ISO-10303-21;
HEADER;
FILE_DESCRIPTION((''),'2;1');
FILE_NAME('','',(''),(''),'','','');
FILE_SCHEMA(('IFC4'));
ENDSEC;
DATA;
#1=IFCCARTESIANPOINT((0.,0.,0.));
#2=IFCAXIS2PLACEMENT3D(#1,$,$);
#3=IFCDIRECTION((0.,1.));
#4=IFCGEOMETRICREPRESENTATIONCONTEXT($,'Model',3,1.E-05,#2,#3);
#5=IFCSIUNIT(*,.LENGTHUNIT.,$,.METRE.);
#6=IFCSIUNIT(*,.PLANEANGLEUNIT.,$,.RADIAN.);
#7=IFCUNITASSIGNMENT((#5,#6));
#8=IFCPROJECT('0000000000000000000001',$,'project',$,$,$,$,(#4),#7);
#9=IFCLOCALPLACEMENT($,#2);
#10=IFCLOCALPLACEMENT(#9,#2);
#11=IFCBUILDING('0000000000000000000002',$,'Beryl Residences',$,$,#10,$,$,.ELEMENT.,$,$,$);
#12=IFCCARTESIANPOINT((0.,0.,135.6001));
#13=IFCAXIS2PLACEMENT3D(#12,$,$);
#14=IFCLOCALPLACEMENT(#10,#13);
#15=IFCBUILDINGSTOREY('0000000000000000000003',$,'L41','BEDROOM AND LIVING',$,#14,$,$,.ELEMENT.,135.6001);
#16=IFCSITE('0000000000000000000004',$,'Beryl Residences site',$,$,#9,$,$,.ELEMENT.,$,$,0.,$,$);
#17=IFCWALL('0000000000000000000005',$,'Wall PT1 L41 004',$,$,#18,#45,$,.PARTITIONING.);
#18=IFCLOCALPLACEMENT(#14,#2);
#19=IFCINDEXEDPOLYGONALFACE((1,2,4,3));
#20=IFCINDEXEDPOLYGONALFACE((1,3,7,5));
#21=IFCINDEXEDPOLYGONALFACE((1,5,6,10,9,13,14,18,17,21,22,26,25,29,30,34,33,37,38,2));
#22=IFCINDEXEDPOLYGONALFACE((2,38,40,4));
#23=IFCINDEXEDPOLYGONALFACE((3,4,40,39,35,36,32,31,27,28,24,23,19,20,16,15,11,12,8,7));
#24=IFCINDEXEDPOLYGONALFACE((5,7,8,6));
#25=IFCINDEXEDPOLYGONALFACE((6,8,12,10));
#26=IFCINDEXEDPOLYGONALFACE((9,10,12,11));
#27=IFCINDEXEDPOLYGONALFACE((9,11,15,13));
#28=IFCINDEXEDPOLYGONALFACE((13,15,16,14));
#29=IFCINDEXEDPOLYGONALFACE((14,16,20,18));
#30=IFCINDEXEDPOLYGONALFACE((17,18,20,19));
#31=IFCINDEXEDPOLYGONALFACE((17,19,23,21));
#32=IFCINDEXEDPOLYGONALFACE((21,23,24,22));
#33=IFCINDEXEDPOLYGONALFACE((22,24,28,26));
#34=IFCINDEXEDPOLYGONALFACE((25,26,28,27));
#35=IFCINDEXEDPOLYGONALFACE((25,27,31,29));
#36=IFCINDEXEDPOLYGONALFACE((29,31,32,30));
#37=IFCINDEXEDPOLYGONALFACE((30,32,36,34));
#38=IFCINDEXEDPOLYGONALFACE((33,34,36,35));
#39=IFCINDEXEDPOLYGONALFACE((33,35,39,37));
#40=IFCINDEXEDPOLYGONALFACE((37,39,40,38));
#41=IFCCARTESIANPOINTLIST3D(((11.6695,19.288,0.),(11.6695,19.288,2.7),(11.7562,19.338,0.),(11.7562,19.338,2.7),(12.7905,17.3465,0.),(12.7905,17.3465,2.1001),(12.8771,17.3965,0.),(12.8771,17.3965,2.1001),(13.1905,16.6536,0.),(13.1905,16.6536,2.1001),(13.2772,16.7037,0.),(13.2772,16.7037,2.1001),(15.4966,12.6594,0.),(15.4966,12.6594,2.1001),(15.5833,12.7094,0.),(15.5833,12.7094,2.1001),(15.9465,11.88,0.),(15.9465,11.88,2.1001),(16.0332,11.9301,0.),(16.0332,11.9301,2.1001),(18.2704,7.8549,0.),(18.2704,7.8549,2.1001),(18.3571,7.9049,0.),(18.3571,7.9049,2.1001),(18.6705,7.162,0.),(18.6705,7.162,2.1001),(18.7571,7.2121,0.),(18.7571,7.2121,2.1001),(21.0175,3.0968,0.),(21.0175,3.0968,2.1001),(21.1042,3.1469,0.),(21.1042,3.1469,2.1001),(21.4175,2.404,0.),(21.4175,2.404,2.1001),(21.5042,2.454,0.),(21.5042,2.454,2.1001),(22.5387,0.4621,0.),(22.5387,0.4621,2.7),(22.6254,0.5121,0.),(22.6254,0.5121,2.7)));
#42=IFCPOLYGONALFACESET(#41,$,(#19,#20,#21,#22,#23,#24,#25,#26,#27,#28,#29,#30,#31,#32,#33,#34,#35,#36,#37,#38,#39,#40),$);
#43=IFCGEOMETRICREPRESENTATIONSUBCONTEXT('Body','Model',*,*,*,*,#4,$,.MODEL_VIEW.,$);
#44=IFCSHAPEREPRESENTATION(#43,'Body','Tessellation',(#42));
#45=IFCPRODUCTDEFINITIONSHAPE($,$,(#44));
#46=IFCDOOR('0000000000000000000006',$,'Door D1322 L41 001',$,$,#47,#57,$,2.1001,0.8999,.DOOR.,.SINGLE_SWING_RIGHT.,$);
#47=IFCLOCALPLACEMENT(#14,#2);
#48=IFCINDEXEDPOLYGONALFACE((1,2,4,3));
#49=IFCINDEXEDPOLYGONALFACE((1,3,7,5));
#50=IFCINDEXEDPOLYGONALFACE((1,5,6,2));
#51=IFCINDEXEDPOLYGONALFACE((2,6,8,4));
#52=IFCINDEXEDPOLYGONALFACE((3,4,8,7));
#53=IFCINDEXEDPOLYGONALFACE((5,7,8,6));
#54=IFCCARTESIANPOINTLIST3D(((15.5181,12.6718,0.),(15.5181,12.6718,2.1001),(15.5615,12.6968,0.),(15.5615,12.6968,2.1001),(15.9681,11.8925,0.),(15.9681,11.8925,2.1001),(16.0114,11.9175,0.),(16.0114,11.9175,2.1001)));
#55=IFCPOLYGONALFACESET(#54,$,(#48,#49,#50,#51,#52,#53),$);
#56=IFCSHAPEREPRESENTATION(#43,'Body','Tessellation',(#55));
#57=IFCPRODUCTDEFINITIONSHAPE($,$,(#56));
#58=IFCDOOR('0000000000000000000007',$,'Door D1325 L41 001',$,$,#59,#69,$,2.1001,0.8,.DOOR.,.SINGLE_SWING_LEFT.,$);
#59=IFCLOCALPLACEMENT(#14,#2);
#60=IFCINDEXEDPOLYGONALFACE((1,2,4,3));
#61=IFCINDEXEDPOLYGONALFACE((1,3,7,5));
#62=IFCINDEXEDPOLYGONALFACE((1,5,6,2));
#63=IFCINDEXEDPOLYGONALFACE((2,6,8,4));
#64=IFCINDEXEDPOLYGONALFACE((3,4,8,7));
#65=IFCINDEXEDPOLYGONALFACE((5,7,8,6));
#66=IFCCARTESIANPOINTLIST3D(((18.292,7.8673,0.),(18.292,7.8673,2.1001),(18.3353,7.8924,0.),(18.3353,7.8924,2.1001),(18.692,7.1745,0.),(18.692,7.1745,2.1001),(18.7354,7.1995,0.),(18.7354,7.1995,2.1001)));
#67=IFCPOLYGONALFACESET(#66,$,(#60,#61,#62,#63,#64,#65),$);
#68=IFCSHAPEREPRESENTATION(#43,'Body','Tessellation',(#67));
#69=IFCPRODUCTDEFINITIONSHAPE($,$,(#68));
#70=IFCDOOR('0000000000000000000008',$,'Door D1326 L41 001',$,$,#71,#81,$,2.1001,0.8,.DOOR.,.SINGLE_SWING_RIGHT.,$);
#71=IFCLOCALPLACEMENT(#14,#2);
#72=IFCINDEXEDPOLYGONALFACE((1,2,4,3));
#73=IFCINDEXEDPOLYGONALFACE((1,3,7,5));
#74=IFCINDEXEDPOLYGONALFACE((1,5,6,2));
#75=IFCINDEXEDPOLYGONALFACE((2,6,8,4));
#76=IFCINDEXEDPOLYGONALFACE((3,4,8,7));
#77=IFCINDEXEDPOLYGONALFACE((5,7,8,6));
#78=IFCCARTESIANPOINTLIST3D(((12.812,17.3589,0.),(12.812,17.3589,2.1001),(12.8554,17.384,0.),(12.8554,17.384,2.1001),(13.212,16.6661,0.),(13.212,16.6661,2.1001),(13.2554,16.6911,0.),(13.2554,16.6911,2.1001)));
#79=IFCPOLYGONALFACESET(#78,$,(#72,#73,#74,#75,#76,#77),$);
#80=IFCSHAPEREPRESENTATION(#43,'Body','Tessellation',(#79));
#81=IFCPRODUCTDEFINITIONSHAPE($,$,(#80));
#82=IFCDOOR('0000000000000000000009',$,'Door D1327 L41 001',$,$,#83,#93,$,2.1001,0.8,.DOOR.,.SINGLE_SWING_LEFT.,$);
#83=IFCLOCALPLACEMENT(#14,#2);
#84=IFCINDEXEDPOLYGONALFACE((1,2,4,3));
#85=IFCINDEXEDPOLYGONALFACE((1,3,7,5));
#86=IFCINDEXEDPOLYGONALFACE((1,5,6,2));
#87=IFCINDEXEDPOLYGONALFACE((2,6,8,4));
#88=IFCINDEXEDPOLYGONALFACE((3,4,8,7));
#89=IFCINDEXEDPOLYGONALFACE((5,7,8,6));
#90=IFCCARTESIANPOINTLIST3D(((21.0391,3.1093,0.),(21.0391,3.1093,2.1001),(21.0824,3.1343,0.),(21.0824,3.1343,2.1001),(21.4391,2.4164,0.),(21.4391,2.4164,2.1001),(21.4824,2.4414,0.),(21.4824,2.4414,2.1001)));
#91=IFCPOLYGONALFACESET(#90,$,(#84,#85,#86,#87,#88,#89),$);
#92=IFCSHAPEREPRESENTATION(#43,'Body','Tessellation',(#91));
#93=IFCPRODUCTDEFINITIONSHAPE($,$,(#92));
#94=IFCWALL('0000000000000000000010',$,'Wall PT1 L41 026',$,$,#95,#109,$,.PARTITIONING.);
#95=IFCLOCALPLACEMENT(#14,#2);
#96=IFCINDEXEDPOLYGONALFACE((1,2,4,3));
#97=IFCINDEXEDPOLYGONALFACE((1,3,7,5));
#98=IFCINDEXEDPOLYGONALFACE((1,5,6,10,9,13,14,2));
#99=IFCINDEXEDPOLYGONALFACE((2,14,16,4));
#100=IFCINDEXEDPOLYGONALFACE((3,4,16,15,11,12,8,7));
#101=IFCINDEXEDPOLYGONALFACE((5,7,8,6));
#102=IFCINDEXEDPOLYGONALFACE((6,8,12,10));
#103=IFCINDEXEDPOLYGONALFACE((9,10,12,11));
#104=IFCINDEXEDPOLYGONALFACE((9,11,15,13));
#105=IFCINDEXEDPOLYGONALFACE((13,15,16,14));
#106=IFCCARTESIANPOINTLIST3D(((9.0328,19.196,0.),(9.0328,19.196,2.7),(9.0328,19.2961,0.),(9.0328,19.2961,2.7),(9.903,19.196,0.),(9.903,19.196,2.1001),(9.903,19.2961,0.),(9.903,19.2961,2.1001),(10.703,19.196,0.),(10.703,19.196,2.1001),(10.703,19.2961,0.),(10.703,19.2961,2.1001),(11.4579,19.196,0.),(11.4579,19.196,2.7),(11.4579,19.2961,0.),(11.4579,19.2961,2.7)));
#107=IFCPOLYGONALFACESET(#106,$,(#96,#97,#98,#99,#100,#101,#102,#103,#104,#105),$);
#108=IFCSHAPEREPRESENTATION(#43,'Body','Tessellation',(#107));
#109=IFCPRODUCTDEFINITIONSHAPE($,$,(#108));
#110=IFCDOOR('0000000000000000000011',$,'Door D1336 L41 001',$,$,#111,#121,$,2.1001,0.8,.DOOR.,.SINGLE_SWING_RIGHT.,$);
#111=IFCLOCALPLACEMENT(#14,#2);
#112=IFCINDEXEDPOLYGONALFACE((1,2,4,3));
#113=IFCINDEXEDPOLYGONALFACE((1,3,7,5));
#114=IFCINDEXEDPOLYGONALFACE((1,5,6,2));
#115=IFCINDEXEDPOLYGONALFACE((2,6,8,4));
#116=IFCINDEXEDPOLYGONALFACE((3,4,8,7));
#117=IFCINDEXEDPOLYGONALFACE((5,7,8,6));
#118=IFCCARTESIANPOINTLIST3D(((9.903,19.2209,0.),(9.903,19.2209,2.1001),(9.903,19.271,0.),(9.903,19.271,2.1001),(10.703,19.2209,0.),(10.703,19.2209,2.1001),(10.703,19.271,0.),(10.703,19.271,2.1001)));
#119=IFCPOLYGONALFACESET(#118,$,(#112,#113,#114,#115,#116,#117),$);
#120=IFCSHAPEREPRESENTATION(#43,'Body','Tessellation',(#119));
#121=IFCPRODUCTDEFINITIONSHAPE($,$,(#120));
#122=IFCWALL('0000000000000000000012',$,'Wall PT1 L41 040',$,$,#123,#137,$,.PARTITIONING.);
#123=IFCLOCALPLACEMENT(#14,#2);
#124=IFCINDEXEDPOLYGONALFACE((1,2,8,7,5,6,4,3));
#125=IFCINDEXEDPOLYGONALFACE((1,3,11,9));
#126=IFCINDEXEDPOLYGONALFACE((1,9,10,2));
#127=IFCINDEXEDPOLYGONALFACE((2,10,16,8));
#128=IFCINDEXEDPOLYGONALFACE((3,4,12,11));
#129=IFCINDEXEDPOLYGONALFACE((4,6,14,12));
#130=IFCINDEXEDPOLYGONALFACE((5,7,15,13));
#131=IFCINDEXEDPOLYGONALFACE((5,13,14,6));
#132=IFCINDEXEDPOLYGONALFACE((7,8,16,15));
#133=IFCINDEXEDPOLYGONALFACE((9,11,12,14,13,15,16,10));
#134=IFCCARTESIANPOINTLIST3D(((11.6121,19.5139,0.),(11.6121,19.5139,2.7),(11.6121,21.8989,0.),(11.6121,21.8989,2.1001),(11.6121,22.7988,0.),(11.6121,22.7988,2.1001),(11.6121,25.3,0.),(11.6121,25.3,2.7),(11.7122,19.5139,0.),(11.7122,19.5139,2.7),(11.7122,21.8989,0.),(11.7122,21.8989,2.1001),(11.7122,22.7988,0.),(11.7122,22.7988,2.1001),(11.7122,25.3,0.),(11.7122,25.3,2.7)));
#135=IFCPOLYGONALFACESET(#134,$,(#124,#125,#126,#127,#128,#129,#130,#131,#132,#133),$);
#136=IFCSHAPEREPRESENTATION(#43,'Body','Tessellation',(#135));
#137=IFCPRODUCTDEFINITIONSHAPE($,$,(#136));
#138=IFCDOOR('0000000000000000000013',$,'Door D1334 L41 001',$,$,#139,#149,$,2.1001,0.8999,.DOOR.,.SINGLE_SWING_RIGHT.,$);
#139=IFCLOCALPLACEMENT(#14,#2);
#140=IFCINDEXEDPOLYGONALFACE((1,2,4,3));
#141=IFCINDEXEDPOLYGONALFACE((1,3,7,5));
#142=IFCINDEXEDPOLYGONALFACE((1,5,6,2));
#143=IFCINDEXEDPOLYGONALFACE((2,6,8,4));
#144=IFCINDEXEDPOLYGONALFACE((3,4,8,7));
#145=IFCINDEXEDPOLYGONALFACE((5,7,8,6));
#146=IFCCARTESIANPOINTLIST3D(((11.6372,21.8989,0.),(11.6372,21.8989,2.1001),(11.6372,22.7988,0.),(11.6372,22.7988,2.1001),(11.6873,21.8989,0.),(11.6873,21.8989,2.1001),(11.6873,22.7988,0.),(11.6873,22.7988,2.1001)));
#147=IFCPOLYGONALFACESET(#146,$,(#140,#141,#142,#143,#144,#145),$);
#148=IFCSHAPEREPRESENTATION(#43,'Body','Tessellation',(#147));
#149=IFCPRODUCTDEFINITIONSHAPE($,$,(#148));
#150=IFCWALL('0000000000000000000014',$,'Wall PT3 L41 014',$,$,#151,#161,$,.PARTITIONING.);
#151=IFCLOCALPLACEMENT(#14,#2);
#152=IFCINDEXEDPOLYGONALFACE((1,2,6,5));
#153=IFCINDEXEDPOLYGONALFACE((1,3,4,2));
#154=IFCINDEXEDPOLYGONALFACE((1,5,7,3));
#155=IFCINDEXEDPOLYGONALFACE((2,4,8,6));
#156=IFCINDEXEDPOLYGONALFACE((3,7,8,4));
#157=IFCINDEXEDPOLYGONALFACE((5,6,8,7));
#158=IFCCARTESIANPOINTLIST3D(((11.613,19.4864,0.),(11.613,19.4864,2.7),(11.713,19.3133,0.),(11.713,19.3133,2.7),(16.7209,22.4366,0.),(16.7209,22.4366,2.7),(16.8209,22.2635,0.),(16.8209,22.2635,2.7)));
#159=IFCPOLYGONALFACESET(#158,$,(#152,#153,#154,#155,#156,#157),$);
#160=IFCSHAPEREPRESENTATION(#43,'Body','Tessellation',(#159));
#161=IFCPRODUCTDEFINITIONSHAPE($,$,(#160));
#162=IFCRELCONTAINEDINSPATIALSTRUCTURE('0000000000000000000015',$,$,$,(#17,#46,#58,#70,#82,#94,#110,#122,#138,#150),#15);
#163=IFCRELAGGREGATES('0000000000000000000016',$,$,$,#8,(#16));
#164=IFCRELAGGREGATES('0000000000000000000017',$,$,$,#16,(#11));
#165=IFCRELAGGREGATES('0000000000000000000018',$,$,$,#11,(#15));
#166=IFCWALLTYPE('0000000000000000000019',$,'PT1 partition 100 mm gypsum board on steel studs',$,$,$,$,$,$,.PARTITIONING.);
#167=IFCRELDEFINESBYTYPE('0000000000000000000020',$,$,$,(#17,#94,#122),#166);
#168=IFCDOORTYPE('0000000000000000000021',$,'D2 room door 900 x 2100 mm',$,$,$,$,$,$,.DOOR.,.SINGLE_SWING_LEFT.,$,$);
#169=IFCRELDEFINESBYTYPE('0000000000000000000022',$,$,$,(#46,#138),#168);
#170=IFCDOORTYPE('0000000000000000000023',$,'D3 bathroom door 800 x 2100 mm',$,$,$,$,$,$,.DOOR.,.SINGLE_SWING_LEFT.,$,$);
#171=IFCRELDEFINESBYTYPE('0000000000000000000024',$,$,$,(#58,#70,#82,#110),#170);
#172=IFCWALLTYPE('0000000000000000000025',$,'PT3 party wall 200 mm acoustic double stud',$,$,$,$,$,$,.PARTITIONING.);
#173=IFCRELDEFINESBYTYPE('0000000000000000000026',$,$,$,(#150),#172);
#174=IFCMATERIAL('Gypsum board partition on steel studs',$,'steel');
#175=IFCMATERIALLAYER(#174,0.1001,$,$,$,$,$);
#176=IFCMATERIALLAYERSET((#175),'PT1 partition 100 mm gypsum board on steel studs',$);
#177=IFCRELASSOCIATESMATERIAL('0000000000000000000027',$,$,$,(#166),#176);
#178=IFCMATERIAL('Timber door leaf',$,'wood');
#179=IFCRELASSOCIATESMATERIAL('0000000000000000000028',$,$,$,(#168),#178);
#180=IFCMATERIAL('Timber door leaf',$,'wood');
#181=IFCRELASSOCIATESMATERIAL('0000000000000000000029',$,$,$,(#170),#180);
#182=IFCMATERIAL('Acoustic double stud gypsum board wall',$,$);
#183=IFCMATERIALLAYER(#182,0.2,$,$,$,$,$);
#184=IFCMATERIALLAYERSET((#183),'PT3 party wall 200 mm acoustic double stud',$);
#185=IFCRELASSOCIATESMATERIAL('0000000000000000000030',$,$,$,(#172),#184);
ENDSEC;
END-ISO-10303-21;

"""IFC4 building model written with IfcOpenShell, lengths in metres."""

from ifc_helpers import new_model, si_unit, direction, frame, frame_2d, origin, place, context, subcontext, project, spatial, rectangle, extrude, material, layer, layer_set, type_object, element, fill, save


model = new_model("IFC4")

# Units and contexts
model_context = context("Model", 3, precision=1e-05, world=origin(), true_north=direction((0.0, 1.0)))
body_context = subcontext(model_context, "Body", "Model", "MODEL_VIEW")
ifc_project = project(units=[si_unit("LENGTHUNIT", "METRE"), si_unit("PLANEANGLEUNIT", "RADIAN")], contexts=[model_context])

# Site, building, storey
site_placement = place(None, origin())
site = spatial("IfcSite", under=ifc_project, at=site_placement, Name="Beryl Residences site", CompositionType="ELEMENT", RefElevation=0.0)
building_placement = place(site_placement, origin())
building = spatial("IfcBuilding", under=site, at=building_placement, Name="Beryl Residences", CompositionType="ELEMENT")
storey_placement = place(building_placement, frame((0.0, 0.0, 135.6001)))
storey = spatial("IfcBuildingStorey", under=building, at=storey_placement, Name="L41", Description="BEDROOM AND LIVING", CompositionType="ELEMENT", Elevation=135.6001)

# Shared definitions
ifc_material_1 = material(Name="Gypsum board partition on steel studs", Category="steel")
ifc_layer_1 = layer(ifc_material_1, 0.1001)
ifc_layer_set_1 = layer_set([ifc_layer_1], Name="PT1 partition 100 mm gypsum board on steel studs")
wall_type_1 = type_object("IfcWallType", Name="PT1 partition 100 mm gypsum board on steel studs", PredefinedType="PARTITIONING", material=ifc_layer_set_1)

# Wall, openings, doors
wall_1_placement = place(storey_placement, frame((11.7129, 19.313, 0.0), z_axis=(0.0, 0.0, 1.0), x_axis=(0.5, -0.866026, 0.0)))
wall_1 = element("IfcWall", 1, at=wall_1_placement, inside=storey, type_object=wall_type_1, Name="Wall PT1 L41 004", PredefinedType="PARTITIONING", context=body_context, shape_type="SweptSolid", body=[
    extrude(rectangle(XDim=21.7383, YDim=0.1001, at=frame_2d((10.8691, 0.0))), origin(), (0.0, 0.0, 1.0), 2.7),
])
opening_1_placement = place(wall_1_placement, frame((7.6541, 0.0, 0.0)))
opening_1 = element("IfcOpeningElement", 2, at=opening_1_placement, cuts=wall_1, PredefinedType="OPENING", context=body_context, shape_type="SweptSolid", body=[
    extrude(rectangle(XDim=0.8999, YDim=2.1001, at=frame_2d((0.45, 1.05))), frame((0.0, 0.0601, 0.0), z_axis=(0.0, -1.0, 0.0), x_axis=(1.0, 0.0, 0.0)), (0.0, 0.0, 1.0), 0.1201),
])
opening_2_placement = place(wall_1_placement, frame((13.2019, 0.0, 0.0)))
opening_2 = element("IfcOpeningElement", 3, at=opening_2_placement, cuts=wall_1, PredefinedType="OPENING", context=body_context, shape_type="SweptSolid", body=[
    extrude(rectangle(XDim=0.8, YDim=2.1001, at=frame_2d((0.3999, 1.05))), frame((0.0, 0.0601, 0.0), z_axis=(0.0, -1.0, 0.0), x_axis=(1.0, 0.0, 0.0)), (0.0, 0.0, 1.0), 0.1201),
])
opening_3_placement = place(wall_1_placement, frame((2.2419, 0.0, 0.0)))
opening_3 = element("IfcOpeningElement", 4, at=opening_3_placement, cuts=wall_1, PredefinedType="OPENING", context=body_context, shape_type="SweptSolid", body=[
    extrude(rectangle(XDim=0.8, YDim=2.1001, at=frame_2d((0.3999, 1.05))), frame((0.0, 0.0601, 0.0), z_axis=(0.0, -1.0, 0.0), x_axis=(1.0, 0.0, 0.0)), (0.0, 0.0, 1.0), 0.1201),
])
opening_4_placement = place(wall_1_placement, frame((18.696, 0.0, 0.0)))
opening_4 = element("IfcOpeningElement", 5, at=opening_4_placement, cuts=wall_1, PredefinedType="OPENING", context=body_context, shape_type="SweptSolid", body=[
    extrude(rectangle(XDim=0.8, YDim=2.1001, at=frame_2d((0.3999, 1.05))), frame((0.0, 0.0601, 0.0), z_axis=(0.0, -1.0, 0.0), x_axis=(1.0, 0.0, 0.0)), (0.0, 0.0, 1.0), 0.1201),
])
ifc_material_2 = material(Name="Timber door leaf", Category="wood")
door_type_1 = type_object("IfcDoorType", Name="D2 room door 900 x 2100 mm", OperationType="SINGLE_SWING_LEFT", PredefinedType="DOOR", material=ifc_material_2)
door_1_placement = place(opening_1_placement, origin())
door_1 = element("IfcDoor", 6, at=door_1_placement, inside=storey, type_object=door_type_1, Name="Door D1322 L41 001", OperationType="SINGLE_SWING_RIGHT", OverallHeight=2.1001, OverallWidth=0.8999, PredefinedType="DOOR", context=body_context, shape_type="SweptSolid", body=[
    extrude(rectangle(XDim=0.8999, YDim=2.1001, at=frame_2d((0.45, 1.05))), frame((0.0, 0.0249, 0.0), z_axis=(0.0, -1.0, 0.0), x_axis=(1.0, 0.0, 0.0)), (0.0, 0.0, 1.0), 0.05),
])
fill(opening_1, door_1)
ifc_material_3 = material(Name="Timber door leaf", Category="wood")
door_type_2 = type_object("IfcDoorType", Name="D3 bathroom door 800 x 2100 mm", OperationType="SINGLE_SWING_LEFT", PredefinedType="DOOR", material=ifc_material_3)
door_2_placement = place(opening_2_placement, origin())
door_2 = element("IfcDoor", 7, at=door_2_placement, inside=storey, type_object=door_type_2, Name="Door D1325 L41 001", OperationType="SINGLE_SWING_LEFT", OverallHeight=2.1001, OverallWidth=0.8, PredefinedType="DOOR", context=body_context, shape_type="SweptSolid", body=[
    extrude(rectangle(XDim=0.8, YDim=2.1001, at=frame_2d((0.3999, 1.05))), frame((0.0, 0.0249, 0.0), z_axis=(0.0, -1.0, 0.0), x_axis=(1.0, 0.0, 0.0)), (0.0, 0.0, 1.0), 0.05),
])
fill(opening_2, door_2)
door_3_placement = place(opening_3_placement, origin())
door_3 = element("IfcDoor", 8, at=door_3_placement, inside=storey, type_object=door_type_2, Name="Door D1326 L41 001", OperationType="SINGLE_SWING_RIGHT", OverallHeight=2.1001, OverallWidth=0.8, PredefinedType="DOOR", context=body_context, shape_type="SweptSolid", body=[
    extrude(rectangle(XDim=0.8, YDim=2.1001, at=frame_2d((0.3999, 1.05))), frame((0.0, 0.0249, 0.0), z_axis=(0.0, -1.0, 0.0), x_axis=(1.0, 0.0, 0.0)), (0.0, 0.0, 1.0), 0.05),
])
fill(opening_3, door_3)
door_4_placement = place(opening_4_placement, origin())
door_4 = element("IfcDoor", 9, at=door_4_placement, inside=storey, type_object=door_type_2, Name="Door D1327 L41 001", OperationType="SINGLE_SWING_LEFT", OverallHeight=2.1001, OverallWidth=0.8, PredefinedType="DOOR", context=body_context, shape_type="SweptSolid", body=[
    extrude(rectangle(XDim=0.8, YDim=2.1001, at=frame_2d((0.3999, 1.05))), frame((0.0, 0.0249, 0.0), z_axis=(0.0, -1.0, 0.0), x_axis=(1.0, 0.0, 0.0)), (0.0, 0.0, 1.0), 0.05),
])
fill(opening_4, door_4)

# Walls, openings, doors
wall_2_placement = place(storey_placement, frame((9.033, 19.2461, 0.0), z_axis=(0.0, 0.0, 1.0), x_axis=(1.0, 0.0, 0.0)))
wall_2 = element("IfcWall", 10, at=wall_2_placement, inside=storey, type_object=wall_type_1, Name="Wall PT1 L41 026", PredefinedType="PARTITIONING", context=body_context, shape_type="SweptSolid", body=[
    extrude(rectangle(XDim=2.425, YDim=0.1001, at=frame_2d((1.2124, 0.0))), origin(), (0.0, 0.0, 1.0), 2.7),
])
opening_5_placement = place(wall_2_placement, frame((0.8701, 0.0, 0.0)))
opening_5 = element("IfcOpeningElement", 11, at=opening_5_placement, cuts=wall_2, PredefinedType="OPENING", context=body_context, shape_type="SweptSolid", body=[
    extrude(rectangle(XDim=0.8, YDim=2.1001, at=frame_2d((0.3999, 1.05))), frame((0.0, 0.0601, 0.0), z_axis=(0.0, -1.0, 0.0), x_axis=(1.0, 0.0, 0.0)), (0.0, 0.0, 1.0), 0.1201),
])
door_5_placement = place(opening_5_placement, origin())
door_5 = element("IfcDoor", 12, at=door_5_placement, inside=storey, type_object=door_type_2, Name="Door D1336 L41 001", OperationType="SINGLE_SWING_RIGHT", OverallHeight=2.1001, OverallWidth=0.8, PredefinedType="DOOR", context=body_context, shape_type="SweptSolid", body=[
    extrude(rectangle(XDim=0.8, YDim=2.1001, at=frame_2d((0.3999, 1.05))), frame((0.0, 0.0249, 0.0), z_axis=(0.0, -1.0, 0.0), x_axis=(1.0, 0.0, 0.0)), (0.0, 0.0, 1.0), 0.05),
])
fill(opening_5, door_5)
wall_3_placement = place(storey_placement, frame((11.6621, 19.5139, 0.0), z_axis=(0.0, 0.0, 1.0), x_axis=(0.0, 1.0, 0.0)))
wall_3 = element("IfcWall", 13, at=wall_3_placement, inside=storey, type_object=wall_type_1, Name="Wall PT1 L41 040", PredefinedType="PARTITIONING", context=body_context, shape_type="SweptSolid", body=[
    extrude(rectangle(XDim=5.7861, YDim=0.1001, at=frame_2d((2.8931, 0.0))), origin(), (0.0, 0.0, 1.0), 2.7),
])
opening_6_placement = place(wall_3_placement, frame((2.385, 0.0, 0.0)))
opening_6 = element("IfcOpeningElement", 14, at=opening_6_placement, cuts=wall_3, PredefinedType="OPENING", context=body_context, shape_type="SweptSolid", body=[
    extrude(rectangle(XDim=0.8999, YDim=2.1001, at=frame_2d((0.45, 1.05))), frame((0.0, 0.0601, 0.0), z_axis=(0.0, -1.0, 0.0), x_axis=(1.0, 0.0, 0.0)), (0.0, 0.0, 1.0), 0.1201),
])
door_6_placement = place(opening_6_placement, origin())
door_6 = element("IfcDoor", 15, at=door_6_placement, inside=storey, type_object=door_type_1, Name="Door D1334 L41 001", OperationType="SINGLE_SWING_RIGHT", OverallHeight=2.1001, OverallWidth=0.8999, PredefinedType="DOOR", context=body_context, shape_type="SweptSolid", body=[
    extrude(rectangle(XDim=0.8999, YDim=2.1001, at=frame_2d((0.45, 1.05))), frame((0.0, 0.0249, 0.0), z_axis=(0.0, -1.0, 0.0), x_axis=(1.0, 0.0, 0.0)), (0.0, 0.0, 1.0), 0.05),
])
fill(opening_6, door_6)

# Wall
ifc_material_4 = material(Name="Acoustic double stud gypsum board wall")
ifc_layer_2 = layer(ifc_material_4, 0.2)
ifc_layer_set_2 = layer_set([ifc_layer_2], Name="PT3 party wall 200 mm acoustic double stud")
wall_type_2 = type_object("IfcWallType", Name="PT3 party wall 200 mm acoustic double stud", PredefinedType="PARTITIONING", material=ifc_layer_set_2)
wall_4_placement = place(storey_placement, frame((11.6631, 19.3999, 0.0), z_axis=(0.0, 0.0, 1.0), x_axis=(0.865942, 0.500145, 0.0)))
element("IfcWall", 16, at=wall_4_placement, inside=storey, type_object=wall_type_2, Name="Wall PT3 L41 014", PredefinedType="PARTITIONING", context=body_context, shape_type="SweptSolid", body=[
    extrude(rectangle(XDim=5.8987, YDim=0.2, at=frame_2d((2.9492, 0.0))), origin(), (0.0, 0.0, 1.0), 2.7),
])

save(model, "model.ifc")
